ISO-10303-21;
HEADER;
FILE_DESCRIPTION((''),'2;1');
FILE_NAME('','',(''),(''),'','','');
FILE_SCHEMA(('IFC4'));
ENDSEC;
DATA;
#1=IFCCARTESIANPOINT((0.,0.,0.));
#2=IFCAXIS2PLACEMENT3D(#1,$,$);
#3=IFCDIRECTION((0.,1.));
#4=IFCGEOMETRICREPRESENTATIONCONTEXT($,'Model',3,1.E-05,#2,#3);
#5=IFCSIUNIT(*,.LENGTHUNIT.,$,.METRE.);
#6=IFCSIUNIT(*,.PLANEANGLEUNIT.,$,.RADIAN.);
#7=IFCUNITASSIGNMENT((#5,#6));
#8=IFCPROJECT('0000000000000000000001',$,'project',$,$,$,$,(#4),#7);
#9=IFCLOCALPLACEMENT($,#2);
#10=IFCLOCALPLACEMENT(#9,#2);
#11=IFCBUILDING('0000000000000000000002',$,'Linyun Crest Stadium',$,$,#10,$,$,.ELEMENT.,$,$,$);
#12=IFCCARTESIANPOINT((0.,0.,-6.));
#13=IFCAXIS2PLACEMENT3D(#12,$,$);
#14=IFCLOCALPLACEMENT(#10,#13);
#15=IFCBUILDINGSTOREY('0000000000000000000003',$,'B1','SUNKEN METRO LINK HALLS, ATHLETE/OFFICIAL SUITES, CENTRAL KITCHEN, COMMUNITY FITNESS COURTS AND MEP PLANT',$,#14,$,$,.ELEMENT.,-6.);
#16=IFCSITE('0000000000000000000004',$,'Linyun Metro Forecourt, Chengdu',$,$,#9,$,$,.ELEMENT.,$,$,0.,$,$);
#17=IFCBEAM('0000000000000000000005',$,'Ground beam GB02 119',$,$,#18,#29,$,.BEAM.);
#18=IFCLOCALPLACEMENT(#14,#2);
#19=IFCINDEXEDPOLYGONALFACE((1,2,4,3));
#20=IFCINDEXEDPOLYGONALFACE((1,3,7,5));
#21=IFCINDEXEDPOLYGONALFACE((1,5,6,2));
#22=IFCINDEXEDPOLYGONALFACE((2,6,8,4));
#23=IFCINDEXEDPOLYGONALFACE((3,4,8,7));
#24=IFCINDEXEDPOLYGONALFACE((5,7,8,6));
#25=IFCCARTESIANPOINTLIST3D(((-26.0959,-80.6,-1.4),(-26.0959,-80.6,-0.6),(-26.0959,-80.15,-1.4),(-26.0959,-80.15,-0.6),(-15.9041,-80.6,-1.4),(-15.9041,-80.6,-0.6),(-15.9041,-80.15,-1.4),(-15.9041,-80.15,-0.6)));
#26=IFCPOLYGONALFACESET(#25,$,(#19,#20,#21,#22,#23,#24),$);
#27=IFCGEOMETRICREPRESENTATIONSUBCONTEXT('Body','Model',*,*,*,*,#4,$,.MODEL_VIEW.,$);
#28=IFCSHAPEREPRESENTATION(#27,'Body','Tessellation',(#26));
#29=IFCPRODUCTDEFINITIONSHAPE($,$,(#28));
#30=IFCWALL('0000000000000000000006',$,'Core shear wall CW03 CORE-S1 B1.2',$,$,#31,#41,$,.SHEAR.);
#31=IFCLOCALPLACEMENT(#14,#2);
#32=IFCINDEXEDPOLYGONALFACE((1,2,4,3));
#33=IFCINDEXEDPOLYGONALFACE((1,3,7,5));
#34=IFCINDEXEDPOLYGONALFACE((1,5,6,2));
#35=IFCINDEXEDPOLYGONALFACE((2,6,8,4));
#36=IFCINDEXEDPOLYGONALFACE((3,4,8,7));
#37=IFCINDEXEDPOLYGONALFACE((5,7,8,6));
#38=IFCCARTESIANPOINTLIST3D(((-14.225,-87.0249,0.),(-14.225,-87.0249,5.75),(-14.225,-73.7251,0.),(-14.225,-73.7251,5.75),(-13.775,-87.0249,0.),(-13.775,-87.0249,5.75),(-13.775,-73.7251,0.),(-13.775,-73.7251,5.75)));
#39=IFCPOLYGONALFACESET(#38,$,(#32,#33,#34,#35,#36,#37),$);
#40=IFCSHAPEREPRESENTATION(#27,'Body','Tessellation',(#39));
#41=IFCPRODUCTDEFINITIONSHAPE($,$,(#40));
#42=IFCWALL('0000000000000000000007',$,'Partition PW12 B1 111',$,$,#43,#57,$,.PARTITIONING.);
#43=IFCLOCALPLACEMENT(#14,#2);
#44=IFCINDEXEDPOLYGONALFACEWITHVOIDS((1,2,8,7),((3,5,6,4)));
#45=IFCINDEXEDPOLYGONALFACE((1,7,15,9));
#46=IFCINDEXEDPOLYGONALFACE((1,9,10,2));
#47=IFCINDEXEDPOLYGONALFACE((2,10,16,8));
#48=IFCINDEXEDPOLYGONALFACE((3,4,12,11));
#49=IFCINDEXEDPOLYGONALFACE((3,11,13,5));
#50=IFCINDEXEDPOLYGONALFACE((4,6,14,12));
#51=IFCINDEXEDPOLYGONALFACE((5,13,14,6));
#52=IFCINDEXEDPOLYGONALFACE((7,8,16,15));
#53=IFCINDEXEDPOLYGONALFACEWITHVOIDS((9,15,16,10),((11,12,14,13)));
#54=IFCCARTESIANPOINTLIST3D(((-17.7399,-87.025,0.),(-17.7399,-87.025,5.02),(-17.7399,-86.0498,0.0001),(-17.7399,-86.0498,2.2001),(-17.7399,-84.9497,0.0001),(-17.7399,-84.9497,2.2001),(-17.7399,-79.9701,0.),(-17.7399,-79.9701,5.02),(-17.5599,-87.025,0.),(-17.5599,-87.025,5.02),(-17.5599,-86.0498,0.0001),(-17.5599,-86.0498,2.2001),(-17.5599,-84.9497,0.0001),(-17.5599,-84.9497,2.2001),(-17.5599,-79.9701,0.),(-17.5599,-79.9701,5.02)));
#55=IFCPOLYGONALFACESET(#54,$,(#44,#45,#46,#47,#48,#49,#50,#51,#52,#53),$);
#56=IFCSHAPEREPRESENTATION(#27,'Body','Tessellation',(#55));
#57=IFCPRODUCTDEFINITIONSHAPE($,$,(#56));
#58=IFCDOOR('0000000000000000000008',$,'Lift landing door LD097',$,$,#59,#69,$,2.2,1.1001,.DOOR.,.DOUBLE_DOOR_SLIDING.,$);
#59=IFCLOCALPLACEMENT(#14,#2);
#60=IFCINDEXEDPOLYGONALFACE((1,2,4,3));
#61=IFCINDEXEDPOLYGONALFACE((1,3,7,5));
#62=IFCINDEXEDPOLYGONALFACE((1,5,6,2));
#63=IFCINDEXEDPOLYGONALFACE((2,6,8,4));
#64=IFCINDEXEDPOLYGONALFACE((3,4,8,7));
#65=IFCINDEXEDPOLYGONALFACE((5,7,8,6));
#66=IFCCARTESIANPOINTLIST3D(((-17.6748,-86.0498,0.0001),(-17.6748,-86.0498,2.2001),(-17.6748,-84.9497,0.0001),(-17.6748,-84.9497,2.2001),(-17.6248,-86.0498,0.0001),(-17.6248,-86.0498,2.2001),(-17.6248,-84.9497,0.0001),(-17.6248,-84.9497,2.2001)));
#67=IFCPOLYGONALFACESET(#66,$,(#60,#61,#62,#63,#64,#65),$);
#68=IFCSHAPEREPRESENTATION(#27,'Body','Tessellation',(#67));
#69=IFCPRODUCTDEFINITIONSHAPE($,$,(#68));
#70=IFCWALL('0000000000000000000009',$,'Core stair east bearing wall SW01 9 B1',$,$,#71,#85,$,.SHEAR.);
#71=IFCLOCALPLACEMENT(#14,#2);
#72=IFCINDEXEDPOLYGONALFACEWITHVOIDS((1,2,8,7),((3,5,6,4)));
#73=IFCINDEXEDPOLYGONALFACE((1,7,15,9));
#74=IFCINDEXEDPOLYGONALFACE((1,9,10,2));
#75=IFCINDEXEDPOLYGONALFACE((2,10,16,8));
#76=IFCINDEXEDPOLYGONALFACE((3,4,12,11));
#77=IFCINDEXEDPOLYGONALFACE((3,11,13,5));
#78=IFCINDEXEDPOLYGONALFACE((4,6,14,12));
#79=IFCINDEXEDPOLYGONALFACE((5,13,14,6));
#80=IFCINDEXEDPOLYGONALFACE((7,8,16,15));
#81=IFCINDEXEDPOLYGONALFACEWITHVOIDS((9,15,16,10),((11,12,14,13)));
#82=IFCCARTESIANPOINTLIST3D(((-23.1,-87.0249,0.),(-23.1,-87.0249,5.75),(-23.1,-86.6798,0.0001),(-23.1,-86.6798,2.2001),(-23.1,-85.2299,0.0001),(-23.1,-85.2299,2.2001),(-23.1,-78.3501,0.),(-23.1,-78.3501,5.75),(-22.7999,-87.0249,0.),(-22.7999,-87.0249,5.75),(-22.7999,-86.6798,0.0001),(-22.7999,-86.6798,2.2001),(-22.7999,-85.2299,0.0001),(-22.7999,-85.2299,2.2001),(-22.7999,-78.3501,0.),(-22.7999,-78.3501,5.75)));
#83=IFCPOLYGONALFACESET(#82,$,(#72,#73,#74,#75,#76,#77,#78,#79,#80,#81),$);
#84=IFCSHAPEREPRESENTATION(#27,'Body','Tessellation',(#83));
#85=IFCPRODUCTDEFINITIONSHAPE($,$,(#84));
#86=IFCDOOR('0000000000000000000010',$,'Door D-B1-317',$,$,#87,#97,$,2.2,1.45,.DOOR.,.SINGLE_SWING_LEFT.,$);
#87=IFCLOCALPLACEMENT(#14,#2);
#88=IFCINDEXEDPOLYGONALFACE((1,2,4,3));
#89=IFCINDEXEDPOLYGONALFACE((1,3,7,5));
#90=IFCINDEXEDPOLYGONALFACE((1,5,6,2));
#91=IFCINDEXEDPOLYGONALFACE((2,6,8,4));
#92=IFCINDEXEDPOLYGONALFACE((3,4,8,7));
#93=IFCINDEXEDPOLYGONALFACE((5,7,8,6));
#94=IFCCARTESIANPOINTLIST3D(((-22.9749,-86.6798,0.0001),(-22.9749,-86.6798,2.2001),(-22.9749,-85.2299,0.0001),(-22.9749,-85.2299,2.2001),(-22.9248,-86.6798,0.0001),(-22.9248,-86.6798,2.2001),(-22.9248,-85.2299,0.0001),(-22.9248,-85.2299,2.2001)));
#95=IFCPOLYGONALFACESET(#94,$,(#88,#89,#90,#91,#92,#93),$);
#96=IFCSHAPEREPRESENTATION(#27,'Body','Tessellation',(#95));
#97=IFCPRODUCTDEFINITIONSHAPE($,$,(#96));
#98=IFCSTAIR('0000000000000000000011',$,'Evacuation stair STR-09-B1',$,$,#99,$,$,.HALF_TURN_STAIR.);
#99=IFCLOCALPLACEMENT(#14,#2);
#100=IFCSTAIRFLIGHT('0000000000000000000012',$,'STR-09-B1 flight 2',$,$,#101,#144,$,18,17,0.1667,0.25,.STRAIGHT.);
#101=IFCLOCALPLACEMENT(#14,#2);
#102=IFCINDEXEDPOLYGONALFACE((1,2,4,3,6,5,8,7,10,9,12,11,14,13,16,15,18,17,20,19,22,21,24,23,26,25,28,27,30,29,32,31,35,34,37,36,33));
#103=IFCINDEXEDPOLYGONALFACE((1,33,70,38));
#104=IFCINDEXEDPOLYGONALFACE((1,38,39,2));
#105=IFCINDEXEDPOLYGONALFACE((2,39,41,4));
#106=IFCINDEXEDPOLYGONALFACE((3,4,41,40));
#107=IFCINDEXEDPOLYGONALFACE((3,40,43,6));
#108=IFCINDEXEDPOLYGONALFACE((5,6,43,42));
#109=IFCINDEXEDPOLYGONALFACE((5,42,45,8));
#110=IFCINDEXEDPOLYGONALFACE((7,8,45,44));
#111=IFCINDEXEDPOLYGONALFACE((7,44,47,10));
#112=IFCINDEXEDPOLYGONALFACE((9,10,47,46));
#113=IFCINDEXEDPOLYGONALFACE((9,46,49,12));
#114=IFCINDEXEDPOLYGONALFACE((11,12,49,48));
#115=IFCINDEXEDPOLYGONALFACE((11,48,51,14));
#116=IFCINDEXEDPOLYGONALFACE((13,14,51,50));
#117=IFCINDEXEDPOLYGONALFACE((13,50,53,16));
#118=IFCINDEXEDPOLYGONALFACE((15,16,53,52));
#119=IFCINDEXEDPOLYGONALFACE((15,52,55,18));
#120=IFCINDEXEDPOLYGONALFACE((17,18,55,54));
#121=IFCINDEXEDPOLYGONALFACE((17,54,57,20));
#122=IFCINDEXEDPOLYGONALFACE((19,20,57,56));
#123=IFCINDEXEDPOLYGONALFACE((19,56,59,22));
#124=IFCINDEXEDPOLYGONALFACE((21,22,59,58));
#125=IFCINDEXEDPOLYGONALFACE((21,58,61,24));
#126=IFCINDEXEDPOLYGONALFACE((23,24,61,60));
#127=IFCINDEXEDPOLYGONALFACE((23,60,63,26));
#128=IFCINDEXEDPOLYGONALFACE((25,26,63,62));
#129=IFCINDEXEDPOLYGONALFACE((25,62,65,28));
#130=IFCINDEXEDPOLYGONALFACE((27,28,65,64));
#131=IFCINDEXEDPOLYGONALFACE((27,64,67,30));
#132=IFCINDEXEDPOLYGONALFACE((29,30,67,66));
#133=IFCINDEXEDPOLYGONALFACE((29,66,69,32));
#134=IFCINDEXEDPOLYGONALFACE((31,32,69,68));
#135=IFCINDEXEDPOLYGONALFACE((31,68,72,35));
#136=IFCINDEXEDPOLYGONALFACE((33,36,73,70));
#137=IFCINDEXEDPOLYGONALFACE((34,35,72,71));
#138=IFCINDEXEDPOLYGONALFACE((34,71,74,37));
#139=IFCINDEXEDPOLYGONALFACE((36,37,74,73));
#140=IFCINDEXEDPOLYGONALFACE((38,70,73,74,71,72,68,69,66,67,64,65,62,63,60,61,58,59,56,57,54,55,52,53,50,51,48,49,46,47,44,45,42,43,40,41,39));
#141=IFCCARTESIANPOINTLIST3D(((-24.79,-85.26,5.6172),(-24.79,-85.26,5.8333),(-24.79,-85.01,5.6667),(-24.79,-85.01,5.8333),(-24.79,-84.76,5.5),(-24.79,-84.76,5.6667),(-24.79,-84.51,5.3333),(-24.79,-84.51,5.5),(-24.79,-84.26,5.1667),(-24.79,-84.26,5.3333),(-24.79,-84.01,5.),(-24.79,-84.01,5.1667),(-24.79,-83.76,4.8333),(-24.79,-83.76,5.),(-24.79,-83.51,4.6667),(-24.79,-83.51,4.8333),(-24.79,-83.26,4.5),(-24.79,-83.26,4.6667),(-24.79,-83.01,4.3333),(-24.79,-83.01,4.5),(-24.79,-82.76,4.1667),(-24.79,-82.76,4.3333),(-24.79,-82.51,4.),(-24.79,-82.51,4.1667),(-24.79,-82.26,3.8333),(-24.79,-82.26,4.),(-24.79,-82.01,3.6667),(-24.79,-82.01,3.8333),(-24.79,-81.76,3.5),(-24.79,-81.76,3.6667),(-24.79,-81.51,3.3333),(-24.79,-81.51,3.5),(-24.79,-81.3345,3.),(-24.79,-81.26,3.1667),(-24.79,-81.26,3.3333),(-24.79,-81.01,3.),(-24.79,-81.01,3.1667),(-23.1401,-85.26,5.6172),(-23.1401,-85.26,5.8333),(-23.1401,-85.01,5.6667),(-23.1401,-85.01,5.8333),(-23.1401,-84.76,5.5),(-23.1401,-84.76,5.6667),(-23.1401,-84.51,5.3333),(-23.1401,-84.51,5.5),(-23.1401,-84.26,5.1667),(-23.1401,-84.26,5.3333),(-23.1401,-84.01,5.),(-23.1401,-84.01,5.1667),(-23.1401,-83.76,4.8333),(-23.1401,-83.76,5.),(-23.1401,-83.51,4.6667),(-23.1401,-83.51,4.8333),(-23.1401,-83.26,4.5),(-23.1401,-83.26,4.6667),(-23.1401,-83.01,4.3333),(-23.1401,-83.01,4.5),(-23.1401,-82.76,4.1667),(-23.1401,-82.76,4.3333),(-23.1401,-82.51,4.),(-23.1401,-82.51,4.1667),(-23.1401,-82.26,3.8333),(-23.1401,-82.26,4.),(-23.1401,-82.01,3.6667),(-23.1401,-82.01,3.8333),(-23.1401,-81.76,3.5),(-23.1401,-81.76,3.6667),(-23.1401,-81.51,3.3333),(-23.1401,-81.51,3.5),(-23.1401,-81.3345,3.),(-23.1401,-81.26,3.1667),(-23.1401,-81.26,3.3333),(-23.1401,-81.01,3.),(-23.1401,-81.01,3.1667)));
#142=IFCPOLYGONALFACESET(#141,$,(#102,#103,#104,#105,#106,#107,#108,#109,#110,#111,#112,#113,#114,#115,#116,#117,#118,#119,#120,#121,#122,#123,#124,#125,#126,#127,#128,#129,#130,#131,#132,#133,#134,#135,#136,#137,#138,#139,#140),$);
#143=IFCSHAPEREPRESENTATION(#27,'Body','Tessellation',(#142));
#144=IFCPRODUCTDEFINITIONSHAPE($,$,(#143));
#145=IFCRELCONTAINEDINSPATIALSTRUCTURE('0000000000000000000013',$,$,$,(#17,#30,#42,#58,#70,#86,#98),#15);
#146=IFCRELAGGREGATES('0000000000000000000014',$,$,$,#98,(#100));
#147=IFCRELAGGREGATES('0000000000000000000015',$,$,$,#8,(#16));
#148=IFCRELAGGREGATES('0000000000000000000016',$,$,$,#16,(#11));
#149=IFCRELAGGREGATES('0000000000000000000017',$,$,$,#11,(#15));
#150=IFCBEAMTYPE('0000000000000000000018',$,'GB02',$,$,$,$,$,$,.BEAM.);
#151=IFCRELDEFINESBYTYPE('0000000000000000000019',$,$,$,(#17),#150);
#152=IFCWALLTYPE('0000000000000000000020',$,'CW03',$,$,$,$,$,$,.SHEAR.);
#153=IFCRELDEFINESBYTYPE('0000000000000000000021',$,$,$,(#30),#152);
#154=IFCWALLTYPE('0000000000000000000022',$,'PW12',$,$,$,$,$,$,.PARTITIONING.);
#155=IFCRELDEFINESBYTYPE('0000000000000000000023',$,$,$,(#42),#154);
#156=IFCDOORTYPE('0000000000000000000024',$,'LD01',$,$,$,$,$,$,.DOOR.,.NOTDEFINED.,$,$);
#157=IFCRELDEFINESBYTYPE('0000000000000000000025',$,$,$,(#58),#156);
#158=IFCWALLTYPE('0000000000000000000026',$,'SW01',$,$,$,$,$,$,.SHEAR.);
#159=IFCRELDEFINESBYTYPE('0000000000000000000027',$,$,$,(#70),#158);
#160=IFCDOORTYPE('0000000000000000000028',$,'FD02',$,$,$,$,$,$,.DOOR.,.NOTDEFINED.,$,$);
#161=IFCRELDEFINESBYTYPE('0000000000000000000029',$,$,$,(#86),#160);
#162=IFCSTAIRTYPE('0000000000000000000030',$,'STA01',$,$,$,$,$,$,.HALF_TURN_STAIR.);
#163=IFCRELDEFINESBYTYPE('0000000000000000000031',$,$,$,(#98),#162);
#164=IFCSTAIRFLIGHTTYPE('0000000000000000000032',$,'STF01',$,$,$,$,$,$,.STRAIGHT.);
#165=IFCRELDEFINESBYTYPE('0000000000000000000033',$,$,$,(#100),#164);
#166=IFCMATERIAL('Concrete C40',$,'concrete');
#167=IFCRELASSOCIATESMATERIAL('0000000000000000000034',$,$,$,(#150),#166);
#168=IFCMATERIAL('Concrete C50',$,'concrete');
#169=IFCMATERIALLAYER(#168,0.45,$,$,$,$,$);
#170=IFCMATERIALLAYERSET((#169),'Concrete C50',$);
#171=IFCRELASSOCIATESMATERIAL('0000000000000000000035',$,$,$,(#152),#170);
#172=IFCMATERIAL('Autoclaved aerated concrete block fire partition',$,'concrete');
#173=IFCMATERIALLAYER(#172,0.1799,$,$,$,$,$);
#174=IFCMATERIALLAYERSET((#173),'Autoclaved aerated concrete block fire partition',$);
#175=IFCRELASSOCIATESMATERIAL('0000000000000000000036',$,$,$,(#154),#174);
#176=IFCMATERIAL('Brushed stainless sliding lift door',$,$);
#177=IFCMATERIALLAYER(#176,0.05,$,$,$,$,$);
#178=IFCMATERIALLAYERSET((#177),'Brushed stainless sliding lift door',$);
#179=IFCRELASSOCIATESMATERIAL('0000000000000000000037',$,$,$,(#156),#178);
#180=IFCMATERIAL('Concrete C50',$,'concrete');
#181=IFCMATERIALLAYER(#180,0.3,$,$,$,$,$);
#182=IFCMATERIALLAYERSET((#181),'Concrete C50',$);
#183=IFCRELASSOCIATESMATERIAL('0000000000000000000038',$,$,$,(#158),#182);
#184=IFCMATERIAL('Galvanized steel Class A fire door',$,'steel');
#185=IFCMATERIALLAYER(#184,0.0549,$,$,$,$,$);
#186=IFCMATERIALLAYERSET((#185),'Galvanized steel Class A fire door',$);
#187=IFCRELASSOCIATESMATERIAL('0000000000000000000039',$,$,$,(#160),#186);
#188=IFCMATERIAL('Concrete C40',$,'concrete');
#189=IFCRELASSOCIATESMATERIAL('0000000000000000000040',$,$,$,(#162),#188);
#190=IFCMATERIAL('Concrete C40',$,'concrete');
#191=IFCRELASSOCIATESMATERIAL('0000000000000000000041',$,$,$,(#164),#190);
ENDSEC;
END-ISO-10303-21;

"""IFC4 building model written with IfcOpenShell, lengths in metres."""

from ifc_helpers import new_model, si_unit, direction, frame, frame_2d, origin, origin_2d, place, context, subcontext, project, spatial, polyline, rectangle, outline, extrude, material, layer, layer_set, material_profile, profile_set, type_object, element, fill, aggregate, save


model = new_model("IFC4")

# Units and contexts
model_context = context("Model", 3, precision=1e-05, world=origin(), true_north=direction((0.0, 1.0)))
body_context = subcontext(model_context, "Body", "Model", "MODEL_VIEW")
ifc_project = project(units=[si_unit("LENGTHUNIT", "METRE"), si_unit("PLANEANGLEUNIT", "RADIAN")], contexts=[model_context])

# Site, building, storey
site_placement = place(None, origin())
site = spatial("IfcSite", under=ifc_project, at=site_placement, Name="Linyun Metro Forecourt, Chengdu", CompositionType="ELEMENT", RefElevation=0.0)
building_placement = place(site_placement, origin())
building = spatial("IfcBuilding", under=site, at=building_placement, Name="Linyun Crest Stadium", CompositionType="ELEMENT")
storey_placement = place(building_placement, frame((0.0, 0.0, -6.0)))
storey = spatial("IfcBuildingStorey", under=building, at=storey_placement, Name="B1", Description="SUNKEN METRO LINK HALLS, ATHLETE/OFFICIAL SUITES, CENTRAL KITCHEN, COMMUNITY FITNESS COURTS AND MEP PLANT", CompositionType="ELEMENT", Elevation=-6.0)

# Beam
ifc_material_1 = material(Name="Concrete C40", Category="concrete")
ifc_material_profile_1 = material_profile(ifc_material_1, rectangle(XDim=0.45, YDim=0.8, at=origin_2d()), Name="RCB 800x450")
ifc_profile_set_1 = profile_set([ifc_material_profile_1], Name="Concrete C40")
beam_type_1 = type_object("IfcBeamType", Name="GB02", PredefinedType="BEAM", material=ifc_profile_set_1)
for number, where, z_axis, x_axis, name in (
    (1, (-26.0959, -80.375, -1.0), (1.0, 0.0, 0.0), (0.0, 1.0, 0.0), "Ground beam GB02 119"),
):
    element("IfcBeam", number, at=place(storey_placement, frame(where, z_axis=z_axis, x_axis=x_axis)), inside=storey, type_object=beam_type_1, Name=name, PredefinedType="BEAM", context=body_context, shape_type="SweptSolid", body=[
        extrude(rectangle(XDim=0.45, YDim=0.8, at=origin_2d()), origin(), (0.0, 0.0, 1.0), 10.1919),
    ])

# Wall
ifc_material_2 = material(Name="Concrete C50", Category="concrete")
ifc_layer_1 = layer(ifc_material_2, 0.45)
ifc_layer_set_1 = layer_set([ifc_layer_1], Name="Concrete C50")
wall_type_1 = type_object("IfcWallType", Name="CW03", PredefinedType="SHEAR", material=ifc_layer_set_1)
wall_1_placement = place(storey_placement, frame((-14.0, -87.0249, 0.0), z_axis=(0.0, 0.0, 1.0), x_axis=(0.0, 1.0, 0.0)))
element("IfcWall", 2, at=wall_1_placement, inside=storey, type_object=wall_type_1, Name="Core shear wall CW03 CORE-S1 B1.2", PredefinedType="SHEAR", context=body_context, shape_type="SweptSolid", body=[
    extrude(rectangle(XDim=13.2998, YDim=0.45, at=frame_2d((6.6499, 0.0))), origin(), (0.0, 0.0, 1.0), 5.75),
])

# Walls, openings, doors
ifc_material_3 = material(Name="Autoclaved aerated concrete block fire partition", Category="concrete")
ifc_layer_2 = layer(ifc_material_3, 0.1799)
ifc_layer_set_2 = layer_set([ifc_layer_2], Name="Autoclaved aerated concrete block fire partition")
wall_type_2 = type_object("IfcWallType", Name="PW12", PredefinedType="PARTITIONING", material=ifc_layer_set_2)
wall_2_placement = place(storey_placement, frame((-17.6499, -87.0249, 0.0), z_axis=(0.0, 0.0, 1.0), x_axis=(0.0, 1.0, 0.0)))
wall_2 = element("IfcWall", 3, at=wall_2_placement, inside=storey, type_object=wall_type_2, Name="Partition PW12 B1 111", PredefinedType="PARTITIONING", context=body_context, shape_type="SweptSolid", body=[
    extrude(rectangle(XDim=7.0549, YDim=0.1799, at=frame_2d((3.5273, 0.0))), origin(), (0.0, 0.0, 1.0), 5.02),
])
opening_1_placement = place(wall_2_placement, frame((0.9751, 0.0, 0.0)))
opening_1 = element("IfcOpeningElement", 4, at=opening_1_placement, cuts=wall_2, PredefinedType="OPENING", context=body_context, shape_type="SweptSolid", body=[
    extrude(rectangle(XDim=1.1001, YDim=2.2, at=frame_2d((0.55, 1.1001))), frame((0.0, 0.0999, 0.0), z_axis=(0.0, -1.0, 0.0), x_axis=(1.0, 0.0, 0.0)), (0.0, 0.0, 1.0), 0.2),
])
ifc_material_4 = material(Name="Brushed stainless sliding lift door")
ifc_layer_3 = layer(ifc_material_4, 0.05)
ifc_layer_set_3 = layer_set([ifc_layer_3], Name="Brushed stainless sliding lift door")
door_type_1 = type_object("IfcDoorType", Name="LD01", OperationType="NOTDEFINED", PredefinedType="DOOR", material=ifc_layer_set_3)
door_1_placement = place(opening_1_placement, origin())
door_1 = element("IfcDoor", 5, at=door_1_placement, inside=storey, type_object=door_type_1, Name="Lift landing door LD097", OperationType="DOUBLE_DOOR_SLIDING", OverallHeight=2.2, OverallWidth=1.1001, PredefinedType="DOOR", context=body_context, shape_type="SweptSolid", body=[
    extrude(rectangle(XDim=1.1001, YDim=2.2, at=frame_2d((0.55, 1.1001))), frame((0.0, 0.0249, 0.0), z_axis=(0.0, -1.0, 0.0), x_axis=(1.0, 0.0, 0.0)), (0.0, 0.0, 1.0), 0.05),
])
fill(opening_1, door_1)
ifc_material_5 = material(Name="Concrete C50", Category="concrete")
ifc_layer_4 = layer(ifc_material_5, 0.3)
ifc_layer_set_4 = layer_set([ifc_layer_4], Name="Concrete C50")
wall_type_3 = type_object("IfcWallType", Name="SW01", PredefinedType="SHEAR", material=ifc_layer_set_4)
wall_3_placement = place(storey_placement, frame((-22.95, -87.0249, 0.0), z_axis=(0.0, 0.0, 1.0), x_axis=(0.0, 1.0, 0.0)))
wall_3 = element("IfcWall", 6, at=wall_3_placement, inside=storey, type_object=wall_type_3, Name="Core stair east bearing wall SW01 9 B1", PredefinedType="SHEAR", context=body_context, shape_type="SweptSolid", body=[
    extrude(rectangle(XDim=8.6748, YDim=0.3, at=frame_2d((4.3374, 0.0))), origin(), (0.0, 0.0, 1.0), 5.75),
])
opening_2_placement = place(wall_3_placement, frame((0.345, 0.0, 0.0)))
opening_2 = element("IfcOpeningElement", 7, at=opening_2_placement, cuts=wall_3, PredefinedType="OPENING", context=body_context, shape_type="SweptSolid", body=[
    extrude(rectangle(XDim=1.45, YDim=2.2, at=frame_2d((0.7251, 1.1001))), frame((0.0, 0.1599, 0.0), z_axis=(0.0, -1.0, 0.0), x_axis=(1.0, 0.0, 0.0)), (0.0, 0.0, 1.0), 0.3201),
])
ifc_material_6 = material(Name="Galvanized steel Class A fire door", Category="steel")
ifc_layer_5 = layer(ifc_material_6, 0.0549)
ifc_layer_set_5 = layer_set([ifc_layer_5], Name="Galvanized steel Class A fire door")
door_type_2 = type_object("IfcDoorType", Name="FD02", OperationType="NOTDEFINED", PredefinedType="DOOR", material=ifc_layer_set_5)
door_2_placement = place(opening_2_placement, origin())
door_2 = element("IfcDoor", 8, at=door_2_placement, inside=storey, type_object=door_type_2, Name="Door D-B1-317", OperationType="SINGLE_SWING_LEFT", OverallHeight=2.2, OverallWidth=1.45, PredefinedType="DOOR", context=body_context, shape_type="SweptSolid", body=[
    extrude(rectangle(XDim=1.45, YDim=2.2, at=frame_2d((0.7251, 1.1001))), frame((0.0, 0.0249, 0.0), z_axis=(0.0, -1.0, 0.0), x_axis=(1.0, 0.0, 0.0)), (0.0, 0.0, 1.0), 0.05),
])
fill(opening_2, door_2)

# Stair, stair flight
ifc_material_7 = material(Name="Concrete C40", Category="concrete")
stair_type = type_object("IfcStairType", Name="STA01", PredefinedType="HALF_TURN_STAIR", material=ifc_material_7)
stair_placement = place(storey_placement, origin())
stair = element("IfcStair", 9, at=stair_placement, inside=storey, type_object=stair_type, Name="Evacuation stair STR-09-B1", PredefinedType="HALF_TURN_STAIR")
ifc_material_8 = material(Name="Concrete C40", Category="concrete")
stair_flight_type = type_object("IfcStairFlightType", Name="STF01", PredefinedType="STRAIGHT", material=ifc_material_8)
stair_flight_placement = place(storey_placement, frame((-23.9651, -81.01, 3.0), z_axis=(0.0, 0.0, 1.0), x_axis=(0.0, -1.0, 0.0)))
stair_flight = element("IfcStairFlight", 10, at=stair_flight_placement, type_object=stair_flight_type, Name="STR-09-B1 flight 2", NumberOfRisers=18, NumberOfTreads=17, PredefinedType="STRAIGHT", RiserHeight=0.1667, TreadLength=0.25, context=body_context, shape_type="SweptSolid", body=[
    extrude(outline(polyline([(0.0, 0.0), (0.0, 0.1667), (0.25, 0.1667), (0.25, 0.3333), (0.5, 0.3333), (0.5, 0.5), (0.75, 0.5), (0.75, 0.6667), (1.0, 0.6667), (1.0, 0.8333), (1.25, 0.8333), (1.25, 1.0), (1.5, 1.0), (1.5, 1.1667), (1.75, 1.1667), (1.75, 1.3333), (2.0, 1.3333), (2.0, 1.5), (2.25, 1.5), (2.25, 1.6667), (2.5, 1.6667), (2.5, 1.8333), (2.75, 1.8333), (2.75, 2.0), (3.0, 2.0), (3.0, 2.1667), (3.25, 2.1667), (3.25, 2.3333), (3.5, 2.3333), (3.5, 2.5), (3.75, 2.5), (3.75, 2.6667), (4.0, 2.6667), (4.0, 2.8333), (4.25, 2.8333), (4.25, 3.0), (4.25, 2.6172), (0.3245, 0.0), (0.0, 0.0)])), frame((0.0, 0.825, 0.0), z_axis=(0.0, -1.0, 0.0), x_axis=(1.0, 0.0, 0.0)), (0.0, 0.0, 1.0), 1.6499),
])
aggregate(stair, [stair_flight])

save(model, "model.ifc")
